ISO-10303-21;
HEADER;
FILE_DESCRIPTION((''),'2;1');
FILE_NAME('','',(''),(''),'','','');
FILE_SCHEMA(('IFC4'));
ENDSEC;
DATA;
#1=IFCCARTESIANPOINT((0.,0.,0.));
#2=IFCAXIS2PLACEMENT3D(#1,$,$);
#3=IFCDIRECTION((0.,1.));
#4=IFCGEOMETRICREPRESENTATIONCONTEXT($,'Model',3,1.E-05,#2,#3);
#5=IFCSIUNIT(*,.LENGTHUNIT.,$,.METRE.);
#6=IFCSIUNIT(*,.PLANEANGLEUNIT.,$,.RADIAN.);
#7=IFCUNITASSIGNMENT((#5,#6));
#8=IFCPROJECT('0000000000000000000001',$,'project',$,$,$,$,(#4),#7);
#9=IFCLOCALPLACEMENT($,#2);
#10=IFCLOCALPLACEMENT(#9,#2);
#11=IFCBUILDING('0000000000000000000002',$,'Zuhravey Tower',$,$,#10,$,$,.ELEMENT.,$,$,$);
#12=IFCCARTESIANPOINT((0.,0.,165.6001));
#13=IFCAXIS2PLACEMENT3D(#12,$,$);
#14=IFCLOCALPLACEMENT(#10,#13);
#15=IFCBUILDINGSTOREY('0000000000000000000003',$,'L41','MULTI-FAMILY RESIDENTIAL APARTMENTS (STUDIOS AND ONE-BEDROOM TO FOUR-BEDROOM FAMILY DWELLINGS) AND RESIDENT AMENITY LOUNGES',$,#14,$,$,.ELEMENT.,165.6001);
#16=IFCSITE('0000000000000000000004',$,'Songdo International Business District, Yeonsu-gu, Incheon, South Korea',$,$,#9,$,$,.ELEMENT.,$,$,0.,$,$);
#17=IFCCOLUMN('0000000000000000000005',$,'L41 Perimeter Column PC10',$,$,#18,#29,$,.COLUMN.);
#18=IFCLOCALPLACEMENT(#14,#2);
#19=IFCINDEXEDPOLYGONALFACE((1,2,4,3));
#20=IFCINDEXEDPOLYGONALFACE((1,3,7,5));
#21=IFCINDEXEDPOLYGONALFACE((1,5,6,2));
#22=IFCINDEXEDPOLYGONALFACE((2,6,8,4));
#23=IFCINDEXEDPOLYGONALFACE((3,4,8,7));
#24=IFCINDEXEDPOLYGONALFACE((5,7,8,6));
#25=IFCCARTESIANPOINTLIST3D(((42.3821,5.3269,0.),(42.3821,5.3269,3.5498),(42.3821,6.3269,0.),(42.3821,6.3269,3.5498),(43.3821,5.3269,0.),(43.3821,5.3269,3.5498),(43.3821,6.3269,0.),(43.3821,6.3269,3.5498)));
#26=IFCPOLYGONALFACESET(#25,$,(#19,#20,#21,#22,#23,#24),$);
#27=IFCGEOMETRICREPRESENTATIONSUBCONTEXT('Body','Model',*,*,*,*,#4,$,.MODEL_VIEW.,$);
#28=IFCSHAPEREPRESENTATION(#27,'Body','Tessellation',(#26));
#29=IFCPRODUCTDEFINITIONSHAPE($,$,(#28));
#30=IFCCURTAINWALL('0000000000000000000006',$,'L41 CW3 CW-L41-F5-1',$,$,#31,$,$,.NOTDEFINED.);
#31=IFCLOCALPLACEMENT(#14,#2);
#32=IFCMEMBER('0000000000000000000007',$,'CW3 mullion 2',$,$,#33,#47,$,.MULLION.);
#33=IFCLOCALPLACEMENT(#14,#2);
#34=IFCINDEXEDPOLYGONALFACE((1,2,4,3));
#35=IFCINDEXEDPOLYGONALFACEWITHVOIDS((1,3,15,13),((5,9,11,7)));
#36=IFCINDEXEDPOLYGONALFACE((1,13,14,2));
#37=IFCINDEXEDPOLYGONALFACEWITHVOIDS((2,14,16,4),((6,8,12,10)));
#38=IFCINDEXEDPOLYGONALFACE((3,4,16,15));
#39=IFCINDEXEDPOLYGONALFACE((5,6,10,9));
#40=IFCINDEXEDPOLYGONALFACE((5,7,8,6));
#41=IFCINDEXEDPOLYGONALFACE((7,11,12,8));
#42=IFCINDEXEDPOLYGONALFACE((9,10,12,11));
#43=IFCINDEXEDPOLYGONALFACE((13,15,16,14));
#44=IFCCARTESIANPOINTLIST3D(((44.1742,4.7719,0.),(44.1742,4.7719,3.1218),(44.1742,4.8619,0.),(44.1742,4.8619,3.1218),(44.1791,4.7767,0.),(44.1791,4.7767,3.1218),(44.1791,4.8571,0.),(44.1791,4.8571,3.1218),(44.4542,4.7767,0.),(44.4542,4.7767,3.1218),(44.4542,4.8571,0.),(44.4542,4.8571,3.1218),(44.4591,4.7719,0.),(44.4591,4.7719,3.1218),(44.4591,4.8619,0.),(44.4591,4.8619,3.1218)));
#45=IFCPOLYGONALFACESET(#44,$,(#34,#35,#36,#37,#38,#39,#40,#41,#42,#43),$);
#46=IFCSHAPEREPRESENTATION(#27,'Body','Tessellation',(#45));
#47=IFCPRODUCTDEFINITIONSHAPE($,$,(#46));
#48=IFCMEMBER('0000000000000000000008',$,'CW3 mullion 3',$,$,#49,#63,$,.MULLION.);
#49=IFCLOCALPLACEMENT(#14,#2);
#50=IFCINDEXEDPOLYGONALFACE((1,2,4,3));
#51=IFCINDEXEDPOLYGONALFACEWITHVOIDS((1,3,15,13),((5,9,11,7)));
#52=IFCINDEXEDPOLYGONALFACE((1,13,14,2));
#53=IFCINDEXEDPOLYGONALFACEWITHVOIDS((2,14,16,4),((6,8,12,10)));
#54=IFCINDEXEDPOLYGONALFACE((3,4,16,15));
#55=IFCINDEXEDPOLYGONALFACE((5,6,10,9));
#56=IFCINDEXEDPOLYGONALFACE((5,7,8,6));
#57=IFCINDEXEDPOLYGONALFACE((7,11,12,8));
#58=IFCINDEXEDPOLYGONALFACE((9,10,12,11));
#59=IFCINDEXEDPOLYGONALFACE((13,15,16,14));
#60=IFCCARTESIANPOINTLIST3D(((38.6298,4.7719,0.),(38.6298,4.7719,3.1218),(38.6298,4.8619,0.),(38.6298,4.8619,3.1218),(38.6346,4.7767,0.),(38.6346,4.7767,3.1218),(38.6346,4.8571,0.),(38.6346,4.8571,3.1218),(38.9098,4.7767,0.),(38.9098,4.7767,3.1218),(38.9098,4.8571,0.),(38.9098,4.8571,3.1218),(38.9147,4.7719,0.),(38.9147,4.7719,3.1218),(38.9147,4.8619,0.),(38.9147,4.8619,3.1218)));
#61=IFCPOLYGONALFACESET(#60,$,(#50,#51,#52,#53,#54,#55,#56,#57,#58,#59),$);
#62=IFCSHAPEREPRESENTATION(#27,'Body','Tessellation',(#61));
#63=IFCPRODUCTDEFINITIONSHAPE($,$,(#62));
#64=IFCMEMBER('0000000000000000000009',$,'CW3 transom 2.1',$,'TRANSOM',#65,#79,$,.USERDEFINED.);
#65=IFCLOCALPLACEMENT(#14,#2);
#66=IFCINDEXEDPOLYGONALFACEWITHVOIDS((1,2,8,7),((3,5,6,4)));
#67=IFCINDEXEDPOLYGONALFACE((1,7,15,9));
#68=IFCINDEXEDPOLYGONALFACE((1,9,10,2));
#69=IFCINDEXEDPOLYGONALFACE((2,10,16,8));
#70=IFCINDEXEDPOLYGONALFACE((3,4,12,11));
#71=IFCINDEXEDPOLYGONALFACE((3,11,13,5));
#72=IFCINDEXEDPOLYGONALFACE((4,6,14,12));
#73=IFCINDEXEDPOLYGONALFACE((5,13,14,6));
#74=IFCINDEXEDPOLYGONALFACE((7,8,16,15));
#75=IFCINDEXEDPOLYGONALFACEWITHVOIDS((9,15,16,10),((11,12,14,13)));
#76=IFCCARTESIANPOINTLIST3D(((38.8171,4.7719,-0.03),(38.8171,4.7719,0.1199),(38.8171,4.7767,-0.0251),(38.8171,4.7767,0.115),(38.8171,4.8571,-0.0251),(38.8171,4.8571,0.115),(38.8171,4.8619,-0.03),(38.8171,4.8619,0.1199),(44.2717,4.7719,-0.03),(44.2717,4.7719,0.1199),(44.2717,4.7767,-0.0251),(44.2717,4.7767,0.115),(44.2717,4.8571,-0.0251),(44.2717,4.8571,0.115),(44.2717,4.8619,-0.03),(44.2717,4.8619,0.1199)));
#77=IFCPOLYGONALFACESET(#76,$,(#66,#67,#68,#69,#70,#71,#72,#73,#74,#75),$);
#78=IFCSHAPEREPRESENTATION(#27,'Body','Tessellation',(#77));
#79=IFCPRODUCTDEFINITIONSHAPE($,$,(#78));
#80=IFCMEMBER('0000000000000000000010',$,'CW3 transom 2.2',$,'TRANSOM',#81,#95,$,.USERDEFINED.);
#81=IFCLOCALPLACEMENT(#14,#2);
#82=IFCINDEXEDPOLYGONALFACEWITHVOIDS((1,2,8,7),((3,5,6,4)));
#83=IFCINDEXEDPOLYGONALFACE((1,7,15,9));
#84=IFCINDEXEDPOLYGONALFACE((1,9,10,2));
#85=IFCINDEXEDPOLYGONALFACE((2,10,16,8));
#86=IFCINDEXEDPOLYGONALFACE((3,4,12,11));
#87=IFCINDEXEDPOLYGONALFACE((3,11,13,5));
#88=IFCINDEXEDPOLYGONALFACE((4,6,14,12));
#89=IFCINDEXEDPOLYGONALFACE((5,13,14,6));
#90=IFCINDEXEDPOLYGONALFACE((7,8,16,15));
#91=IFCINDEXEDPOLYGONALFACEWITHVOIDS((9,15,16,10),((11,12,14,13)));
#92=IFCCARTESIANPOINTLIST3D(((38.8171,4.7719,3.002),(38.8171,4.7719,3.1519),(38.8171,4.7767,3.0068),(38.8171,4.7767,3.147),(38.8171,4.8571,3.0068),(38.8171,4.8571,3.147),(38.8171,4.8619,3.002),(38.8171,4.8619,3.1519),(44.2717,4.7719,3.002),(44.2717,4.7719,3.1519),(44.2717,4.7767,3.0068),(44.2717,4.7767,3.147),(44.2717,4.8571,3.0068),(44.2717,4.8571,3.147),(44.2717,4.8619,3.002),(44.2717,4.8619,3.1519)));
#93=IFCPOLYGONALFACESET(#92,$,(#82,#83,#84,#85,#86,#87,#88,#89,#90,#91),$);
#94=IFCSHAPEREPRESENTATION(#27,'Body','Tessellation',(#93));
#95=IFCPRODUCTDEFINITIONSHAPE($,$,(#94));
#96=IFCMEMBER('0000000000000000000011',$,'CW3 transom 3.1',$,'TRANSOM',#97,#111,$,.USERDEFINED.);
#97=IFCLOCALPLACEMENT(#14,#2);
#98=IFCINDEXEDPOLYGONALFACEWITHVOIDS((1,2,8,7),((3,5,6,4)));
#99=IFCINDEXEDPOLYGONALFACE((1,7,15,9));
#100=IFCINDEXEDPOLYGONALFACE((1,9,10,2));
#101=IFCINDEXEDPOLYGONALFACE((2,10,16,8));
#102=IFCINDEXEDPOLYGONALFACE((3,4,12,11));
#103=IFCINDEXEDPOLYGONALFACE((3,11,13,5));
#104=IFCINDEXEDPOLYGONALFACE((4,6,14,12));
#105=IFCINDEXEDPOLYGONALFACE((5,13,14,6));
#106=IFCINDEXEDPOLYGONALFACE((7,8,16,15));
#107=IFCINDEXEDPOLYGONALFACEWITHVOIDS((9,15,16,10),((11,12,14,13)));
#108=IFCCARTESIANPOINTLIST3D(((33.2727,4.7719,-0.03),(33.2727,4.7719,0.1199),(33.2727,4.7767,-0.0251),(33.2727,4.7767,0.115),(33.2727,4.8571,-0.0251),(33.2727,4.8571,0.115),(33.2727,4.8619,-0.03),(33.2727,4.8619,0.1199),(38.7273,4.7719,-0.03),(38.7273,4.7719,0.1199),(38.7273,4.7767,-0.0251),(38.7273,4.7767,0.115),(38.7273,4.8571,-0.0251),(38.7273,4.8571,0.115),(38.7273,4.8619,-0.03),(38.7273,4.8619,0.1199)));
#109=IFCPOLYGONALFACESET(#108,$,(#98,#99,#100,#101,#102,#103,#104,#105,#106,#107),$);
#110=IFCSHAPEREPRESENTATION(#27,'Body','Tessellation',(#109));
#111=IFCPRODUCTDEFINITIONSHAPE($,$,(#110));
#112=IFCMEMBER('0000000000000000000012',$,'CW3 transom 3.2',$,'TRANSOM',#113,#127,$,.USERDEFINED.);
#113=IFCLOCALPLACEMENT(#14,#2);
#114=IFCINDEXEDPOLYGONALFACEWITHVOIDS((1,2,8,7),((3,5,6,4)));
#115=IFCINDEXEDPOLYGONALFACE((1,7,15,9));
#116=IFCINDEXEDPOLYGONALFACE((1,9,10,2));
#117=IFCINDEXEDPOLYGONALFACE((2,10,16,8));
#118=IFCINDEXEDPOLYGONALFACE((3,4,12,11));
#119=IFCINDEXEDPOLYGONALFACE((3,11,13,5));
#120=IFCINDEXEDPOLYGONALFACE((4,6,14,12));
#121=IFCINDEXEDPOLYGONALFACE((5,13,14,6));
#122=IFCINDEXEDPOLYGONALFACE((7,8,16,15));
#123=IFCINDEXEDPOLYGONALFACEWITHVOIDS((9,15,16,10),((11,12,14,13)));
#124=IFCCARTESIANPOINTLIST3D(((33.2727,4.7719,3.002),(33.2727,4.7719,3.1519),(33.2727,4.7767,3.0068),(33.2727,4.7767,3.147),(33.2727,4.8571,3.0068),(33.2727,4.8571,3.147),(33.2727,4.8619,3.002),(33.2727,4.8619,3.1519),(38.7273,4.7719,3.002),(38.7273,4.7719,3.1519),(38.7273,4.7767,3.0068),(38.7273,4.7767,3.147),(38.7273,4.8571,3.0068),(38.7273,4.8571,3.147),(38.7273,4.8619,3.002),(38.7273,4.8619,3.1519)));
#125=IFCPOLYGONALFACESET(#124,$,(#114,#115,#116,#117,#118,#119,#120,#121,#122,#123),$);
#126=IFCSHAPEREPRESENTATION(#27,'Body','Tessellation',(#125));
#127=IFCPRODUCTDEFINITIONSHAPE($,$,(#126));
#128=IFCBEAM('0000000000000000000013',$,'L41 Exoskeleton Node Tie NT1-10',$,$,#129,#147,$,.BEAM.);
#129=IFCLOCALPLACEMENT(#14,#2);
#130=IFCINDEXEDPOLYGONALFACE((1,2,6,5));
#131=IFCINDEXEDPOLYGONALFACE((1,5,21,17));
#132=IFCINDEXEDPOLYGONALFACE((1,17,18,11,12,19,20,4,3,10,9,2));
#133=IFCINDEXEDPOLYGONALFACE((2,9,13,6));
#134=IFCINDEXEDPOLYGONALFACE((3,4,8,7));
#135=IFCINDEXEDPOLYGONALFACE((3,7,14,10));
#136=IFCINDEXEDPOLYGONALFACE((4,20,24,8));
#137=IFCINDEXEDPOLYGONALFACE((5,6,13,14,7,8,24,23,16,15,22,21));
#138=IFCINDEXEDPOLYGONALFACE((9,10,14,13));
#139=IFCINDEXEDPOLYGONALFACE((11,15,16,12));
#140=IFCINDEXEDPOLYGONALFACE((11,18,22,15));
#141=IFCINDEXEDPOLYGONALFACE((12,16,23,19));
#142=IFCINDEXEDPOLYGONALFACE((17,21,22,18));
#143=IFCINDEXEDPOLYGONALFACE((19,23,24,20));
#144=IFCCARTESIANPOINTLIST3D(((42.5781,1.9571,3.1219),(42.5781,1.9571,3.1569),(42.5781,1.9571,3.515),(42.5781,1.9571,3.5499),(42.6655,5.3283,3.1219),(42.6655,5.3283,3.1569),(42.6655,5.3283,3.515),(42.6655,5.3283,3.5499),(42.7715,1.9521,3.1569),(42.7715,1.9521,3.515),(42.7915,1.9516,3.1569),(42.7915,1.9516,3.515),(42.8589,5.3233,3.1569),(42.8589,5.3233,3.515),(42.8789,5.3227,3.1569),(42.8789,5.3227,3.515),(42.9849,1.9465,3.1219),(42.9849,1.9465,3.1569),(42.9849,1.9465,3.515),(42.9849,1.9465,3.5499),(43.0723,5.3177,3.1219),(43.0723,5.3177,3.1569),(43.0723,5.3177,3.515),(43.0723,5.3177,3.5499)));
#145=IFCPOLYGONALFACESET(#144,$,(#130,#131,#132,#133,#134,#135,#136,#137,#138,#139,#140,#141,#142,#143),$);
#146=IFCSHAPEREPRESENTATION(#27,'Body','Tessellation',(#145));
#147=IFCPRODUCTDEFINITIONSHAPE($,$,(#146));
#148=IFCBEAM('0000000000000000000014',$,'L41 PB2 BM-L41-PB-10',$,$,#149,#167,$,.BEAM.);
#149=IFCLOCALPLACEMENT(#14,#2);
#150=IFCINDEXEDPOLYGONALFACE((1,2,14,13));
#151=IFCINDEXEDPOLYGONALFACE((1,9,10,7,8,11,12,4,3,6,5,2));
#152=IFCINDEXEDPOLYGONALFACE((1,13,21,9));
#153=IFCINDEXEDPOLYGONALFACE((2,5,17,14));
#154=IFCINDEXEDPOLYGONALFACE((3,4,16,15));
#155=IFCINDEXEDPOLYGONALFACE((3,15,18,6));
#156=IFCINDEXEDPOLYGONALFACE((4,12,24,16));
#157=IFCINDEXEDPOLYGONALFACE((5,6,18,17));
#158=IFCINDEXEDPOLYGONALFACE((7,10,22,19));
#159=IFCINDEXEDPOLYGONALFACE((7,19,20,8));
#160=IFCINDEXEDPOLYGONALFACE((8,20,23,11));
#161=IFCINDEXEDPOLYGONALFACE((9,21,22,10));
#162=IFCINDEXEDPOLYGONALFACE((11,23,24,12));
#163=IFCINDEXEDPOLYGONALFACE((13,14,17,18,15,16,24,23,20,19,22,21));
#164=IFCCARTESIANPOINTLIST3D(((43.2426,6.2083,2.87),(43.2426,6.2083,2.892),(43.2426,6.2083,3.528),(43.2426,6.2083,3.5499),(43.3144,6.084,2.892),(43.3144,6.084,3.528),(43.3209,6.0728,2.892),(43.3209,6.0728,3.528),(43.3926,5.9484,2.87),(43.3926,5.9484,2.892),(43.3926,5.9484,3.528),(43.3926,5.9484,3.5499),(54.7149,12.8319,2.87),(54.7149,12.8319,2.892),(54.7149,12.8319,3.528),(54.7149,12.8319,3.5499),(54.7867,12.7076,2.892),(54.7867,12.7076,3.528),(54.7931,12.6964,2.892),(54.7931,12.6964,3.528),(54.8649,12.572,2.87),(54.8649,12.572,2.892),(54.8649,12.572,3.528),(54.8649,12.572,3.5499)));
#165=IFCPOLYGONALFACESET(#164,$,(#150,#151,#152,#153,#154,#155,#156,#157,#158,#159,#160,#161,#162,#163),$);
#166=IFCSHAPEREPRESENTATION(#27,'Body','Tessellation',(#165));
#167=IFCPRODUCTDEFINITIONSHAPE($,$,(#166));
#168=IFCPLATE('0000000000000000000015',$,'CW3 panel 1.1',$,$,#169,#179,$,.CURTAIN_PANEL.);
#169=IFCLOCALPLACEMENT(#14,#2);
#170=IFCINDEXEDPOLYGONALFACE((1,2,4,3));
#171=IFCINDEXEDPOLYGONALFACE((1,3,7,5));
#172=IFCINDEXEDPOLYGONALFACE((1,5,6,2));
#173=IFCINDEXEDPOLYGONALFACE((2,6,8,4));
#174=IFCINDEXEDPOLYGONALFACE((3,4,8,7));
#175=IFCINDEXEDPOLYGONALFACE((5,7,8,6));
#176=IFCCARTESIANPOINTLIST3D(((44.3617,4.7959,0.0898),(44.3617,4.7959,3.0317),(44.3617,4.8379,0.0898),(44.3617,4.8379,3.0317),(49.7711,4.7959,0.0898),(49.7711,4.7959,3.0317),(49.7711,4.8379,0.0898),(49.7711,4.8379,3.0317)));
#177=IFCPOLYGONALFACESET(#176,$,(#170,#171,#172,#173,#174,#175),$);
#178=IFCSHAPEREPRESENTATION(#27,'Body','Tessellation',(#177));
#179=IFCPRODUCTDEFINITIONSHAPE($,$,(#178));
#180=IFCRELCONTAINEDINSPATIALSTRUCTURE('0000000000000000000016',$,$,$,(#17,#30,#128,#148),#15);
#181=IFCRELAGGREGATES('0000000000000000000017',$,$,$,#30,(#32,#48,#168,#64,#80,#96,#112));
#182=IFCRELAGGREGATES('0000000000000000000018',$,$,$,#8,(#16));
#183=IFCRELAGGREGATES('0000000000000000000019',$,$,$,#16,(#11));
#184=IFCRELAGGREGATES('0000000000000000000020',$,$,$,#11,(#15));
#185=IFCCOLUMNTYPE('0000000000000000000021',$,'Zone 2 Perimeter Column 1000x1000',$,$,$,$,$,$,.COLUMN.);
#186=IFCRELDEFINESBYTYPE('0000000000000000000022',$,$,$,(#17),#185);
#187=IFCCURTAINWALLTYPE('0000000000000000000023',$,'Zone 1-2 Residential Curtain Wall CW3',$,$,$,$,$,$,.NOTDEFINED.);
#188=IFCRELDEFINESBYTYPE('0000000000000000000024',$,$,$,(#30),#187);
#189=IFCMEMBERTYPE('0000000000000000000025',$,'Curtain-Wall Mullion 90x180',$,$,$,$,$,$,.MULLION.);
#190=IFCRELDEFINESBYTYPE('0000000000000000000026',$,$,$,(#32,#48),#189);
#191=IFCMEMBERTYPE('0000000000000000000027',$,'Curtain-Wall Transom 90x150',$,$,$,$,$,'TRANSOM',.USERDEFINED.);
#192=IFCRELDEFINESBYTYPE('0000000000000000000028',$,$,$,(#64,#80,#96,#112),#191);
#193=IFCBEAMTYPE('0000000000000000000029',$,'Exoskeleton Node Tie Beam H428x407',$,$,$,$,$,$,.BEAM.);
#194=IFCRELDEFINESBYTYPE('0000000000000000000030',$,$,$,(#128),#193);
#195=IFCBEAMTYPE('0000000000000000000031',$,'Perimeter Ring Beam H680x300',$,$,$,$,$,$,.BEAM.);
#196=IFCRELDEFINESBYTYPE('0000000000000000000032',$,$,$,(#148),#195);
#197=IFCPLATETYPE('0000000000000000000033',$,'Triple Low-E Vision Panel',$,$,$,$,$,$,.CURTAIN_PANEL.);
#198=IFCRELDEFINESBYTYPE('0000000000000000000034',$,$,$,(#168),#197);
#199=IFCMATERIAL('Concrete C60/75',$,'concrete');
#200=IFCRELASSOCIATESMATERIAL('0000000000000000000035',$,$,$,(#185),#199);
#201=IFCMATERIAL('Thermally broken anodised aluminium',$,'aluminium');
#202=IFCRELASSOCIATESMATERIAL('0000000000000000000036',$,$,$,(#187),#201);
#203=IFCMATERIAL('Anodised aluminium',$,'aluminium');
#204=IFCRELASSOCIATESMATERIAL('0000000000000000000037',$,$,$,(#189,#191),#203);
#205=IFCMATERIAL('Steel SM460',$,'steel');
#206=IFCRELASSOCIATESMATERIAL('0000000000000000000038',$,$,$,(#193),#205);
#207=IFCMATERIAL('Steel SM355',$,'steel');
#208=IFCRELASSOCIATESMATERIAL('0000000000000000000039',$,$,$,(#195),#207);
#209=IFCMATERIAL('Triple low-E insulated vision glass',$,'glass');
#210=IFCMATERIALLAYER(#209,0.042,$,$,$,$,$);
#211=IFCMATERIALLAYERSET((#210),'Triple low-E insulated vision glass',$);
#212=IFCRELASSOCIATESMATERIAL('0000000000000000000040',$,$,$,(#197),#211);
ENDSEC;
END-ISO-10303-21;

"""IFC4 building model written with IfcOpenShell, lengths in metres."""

from ifc_helpers import new_model, si_unit, direction, frame, origin, origin_2d, place, context, subcontext, project, spatial, rectangle, hollow_rectangle, i_section, extrude, material, layer, layer_set, material_profile, profile_set, type_object, element, aggregate, save


model = new_model("IFC4")

# Units and contexts
model_context = context("Model", 3, precision=1e-05, world=origin(), true_north=direction((0.0, 1.0)))
body_context = subcontext(model_context, "Body", "Model", "MODEL_VIEW")
ifc_project = project(units=[si_unit("LENGTHUNIT", "METRE"), si_unit("PLANEANGLEUNIT", "RADIAN")], contexts=[model_context])

# Site, building, storey
site_placement = place(None, origin())
site = spatial("IfcSite", under=ifc_project, at=site_placement, Name="Songdo International Business District, Yeonsu-gu, Incheon, South Korea", CompositionType="ELEMENT", RefElevation=0.0)
building_placement = place(site_placement, origin())
building = spatial("IfcBuilding", under=site, at=building_placement, Name="Zuhravey Tower", CompositionType="ELEMENT")
storey_placement = place(building_placement, frame((0.0, 0.0, 165.6001)))
storey = spatial("IfcBuildingStorey", under=building, at=storey_placement, Name="L41", Description="MULTI-FAMILY RESIDENTIAL APARTMENTS (STUDIOS AND ONE-BEDROOM TO FOUR-BEDROOM FAMILY DWELLINGS) AND RESIDENT AMENITY LOUNGES", CompositionType="ELEMENT", Elevation=165.6001)

# Column
ifc_material_1 = material(Name="Concrete C60/75", Category="concrete")
ifc_material_profile_1 = material_profile(ifc_material_1, rectangle(XDim=1.0, YDim=1.0, at=origin_2d()), Name="RC-1000x1000")
ifc_profile_set_1 = profile_set([ifc_material_profile_1], Name="Concrete C60/75")
column_type = type_object("IfcColumnType", Name="Zone 2 Perimeter Column 1000x1000", PredefinedType="COLUMN", material=ifc_profile_set_1)
column_placement = place(storey_placement, frame((42.8821, 5.8269, 0.0), z_axis=(0.0, 0.0, 1.0), x_axis=(1.0, 0.0, 0.0)))
element("IfcColumn", 1, at=column_placement, inside=storey, type_object=column_type, Name="L41 Perimeter Column PC10", PredefinedType="COLUMN", context=body_context, shape_type="SweptSolid", body=[
    extrude(rectangle(XDim=1.0, YDim=1.0, at=origin_2d()), origin(), (0.0, 0.0, 1.0), 3.5498),
])

# Curtain wall, members
ifc_material_2 = material(Name="Thermally broken anodised aluminium", Category="aluminium")
curtain_wall_type = type_object("IfcCurtainWallType", Name="Zone 1-2 Residential Curtain Wall CW3", PredefinedType="NOTDEFINED", material=ifc_material_2)
curtain_wall_placement = place(storey_placement, origin())
curtain_wall = element("IfcCurtainWall", 2, at=curtain_wall_placement, inside=storey, type_object=curtain_wall_type, Name="L41 CW3 CW-L41-F5-1", PredefinedType="NOTDEFINED")
ifc_material_3 = material(Name="Anodised aluminium", Category="aluminium")
ifc_material_profile_2 = material_profile(ifc_material_3, hollow_rectangle(XDim=0.0901, YDim=0.2849, WallThickness=0.0049, at=origin_2d()), Name="ALU-RHS-90x285x5")
ifc_profile_set_2 = profile_set([ifc_material_profile_2], Name="Anodised aluminium")
member_type_1 = type_object("IfcMemberType", Name="Curtain-Wall Mullion 90x180", PredefinedType="MULLION", material=ifc_profile_set_2)
member_1_placement = place(storey_placement, frame((44.3167, 4.8169, 0.0), z_axis=(0.0, 0.0, 1.0), x_axis=(0.0, -1.0, 0.0)))
member_1 = element("IfcMember", 3, at=member_1_placement, type_object=member_type_1, Name="CW3 mullion 2", PredefinedType="MULLION", context=body_context, shape_type="SweptSolid", body=[
    extrude(hollow_rectangle(XDim=0.0901, YDim=0.2849, WallThickness=0.0049, at=origin_2d()), origin(), (0.0, 0.0, 1.0), 3.1218),
])
member_2_placement = place(storey_placement, frame((38.7722, 4.8169, 0.0), z_axis=(0.0, 0.0, 1.0), x_axis=(0.0, -1.0, 0.0)))
member_2 = element("IfcMember", 4, at=member_2_placement, type_object=member_type_1, Name="CW3 mullion 3", PredefinedType="MULLION", context=body_context, shape_type="SweptSolid", body=[
    extrude(hollow_rectangle(XDim=0.0901, YDim=0.2849, WallThickness=0.0049, at=origin_2d()), origin(), (0.0, 0.0, 1.0), 3.1218),
])
ifc_material_profile_3 = material_profile(ifc_material_3, hollow_rectangle(XDim=0.0901, YDim=0.1499, WallThickness=0.0049, at=origin_2d()), Name="ALU-RHS-90x150x5")
ifc_profile_set_3 = profile_set([ifc_material_profile_3], Name="Anodised aluminium")
member_type_2 = type_object("IfcMemberType", Name="Curtain-Wall Transom 90x150", ElementType="TRANSOM", PredefinedType="USERDEFINED", material=ifc_profile_set_3)
member_3_placement = place(storey_placement, frame((44.2717, 4.8169, 0.0449), z_axis=(-1.0, 0.0, 0.0), x_axis=(0.0, -1.0, 0.0)))
member_3 = element("IfcMember", 5, at=member_3_placement, type_object=member_type_2, Name="CW3 transom 2.1", ObjectType="TRANSOM", PredefinedType="USERDEFINED", context=body_context, shape_type="SweptSolid", body=[
    extrude(hollow_rectangle(XDim=0.0901, YDim=0.1499, WallThickness=0.0049, at=origin_2d()), origin(), (0.0, 0.0, 1.0), 5.4546),
])
member_4_placement = place(storey_placement, frame((44.2717, 4.8169, 3.0769), z_axis=(-1.0, 0.0, 0.0), x_axis=(0.0, -1.0, 0.0)))
member_4 = element("IfcMember", 6, at=member_4_placement, type_object=member_type_2, Name="CW3 transom 2.2", ObjectType="TRANSOM", PredefinedType="USERDEFINED", context=body_context, shape_type="SweptSolid", body=[
    extrude(hollow_rectangle(XDim=0.0901, YDim=0.1499, WallThickness=0.0049, at=origin_2d()), origin(), (0.0, 0.0, 1.0), 5.4546),
])
member_5_placement = place(storey_placement, frame((38.7273, 4.8169, 0.0449), z_axis=(-1.0, 0.0, 0.0), x_axis=(0.0, -1.0, 0.0)))
member_5 = element("IfcMember", 7, at=member_5_placement, type_object=member_type_2, Name="CW3 transom 3.1", ObjectType="TRANSOM", PredefinedType="USERDEFINED", context=body_context, shape_type="SweptSolid", body=[
    extrude(hollow_rectangle(XDim=0.0901, YDim=0.1499, WallThickness=0.0049, at=origin_2d()), origin(), (0.0, 0.0, 1.0), 5.4546),
])
member_6_placement = place(storey_placement, frame((38.7273, 4.8169, 3.0769), z_axis=(-1.0, 0.0, 0.0), x_axis=(0.0, -1.0, 0.0)))
member_6 = element("IfcMember", 8, at=member_6_placement, type_object=member_type_2, Name="CW3 transom 3.2", ObjectType="TRANSOM", PredefinedType="USERDEFINED", context=body_context, shape_type="SweptSolid", body=[
    extrude(hollow_rectangle(XDim=0.0901, YDim=0.1499, WallThickness=0.0049, at=origin_2d()), origin(), (0.0, 0.0, 1.0), 5.4546),
])

# Beams
ifc_material_4 = material(Name="Steel SM460", Category="steel")
ifc_material_profile_4 = material_profile(ifc_material_4, i_section(OverallWidth=0.407, OverallDepth=0.428, WebThickness=0.02, FlangeThickness=0.0349, at=origin_2d()), Name="H-428x407x20x35")
ifc_profile_set_4 = profile_set([ifc_material_profile_4], Name="Steel SM460")
beam_type_1 = type_object("IfcBeamType", Name="Exoskeleton Node Tie Beam H428x407", PredefinedType="BEAM", material=ifc_profile_set_4)
beam_1_placement = place(storey_placement, frame((42.8689, 5.323, 3.3359), z_axis=(-0.025918, -0.999664, 0.0), x_axis=(0.999664, -0.025918, 0.0)))
element("IfcBeam", 9, at=beam_1_placement, inside=storey, type_object=beam_type_1, Name="L41 Exoskeleton Node Tie NT1-10", PredefinedType="BEAM", context=body_context, shape_type="SweptSolid", body=[
    extrude(i_section(OverallWidth=0.407, OverallDepth=0.428, WebThickness=0.02, FlangeThickness=0.0349, at=origin_2d()), origin(), (0.0, 0.0, 1.0), 3.3723),
])
ifc_material_5 = material(Name="Steel SM355", Category="steel")
ifc_material_profile_5 = material_profile(ifc_material_5, i_section(OverallWidth=0.3, OverallDepth=0.6799, WebThickness=0.0129, FlangeThickness=0.022, at=origin_2d()), Name="H-680x300x13x22")
ifc_profile_set_5 = profile_set([ifc_material_profile_5], Name="Steel SM355")
beam_type_2 = type_object("IfcBeamType", Name="Perimeter Ring Beam H680x300", PredefinedType="BEAM", material=ifc_profile_set_5)
beam_2_placement = place(storey_placement, frame((43.3176, 6.0784, 3.21), z_axis=(0.866023, 0.500004, 0.0), x_axis=(-0.500004, 0.866023, 0.0)))
element("IfcBeam", 10, at=beam_2_placement, inside=storey, type_object=beam_type_2, Name="L41 PB2 BM-L41-PB-10", PredefinedType="BEAM", context=body_context, shape_type="SweptSolid", body=[
    extrude(i_section(OverallWidth=0.3, OverallDepth=0.6799, WebThickness=0.0129, FlangeThickness=0.022, at=origin_2d()), origin(), (0.0, 0.0, 1.0), 13.2471),
])

# Plate
ifc_material_6 = material(Name="Triple low-E insulated vision glass", Category="glass")
ifc_layer_1 = layer(ifc_material_6, 0.042)
ifc_layer_set_1 = layer_set([ifc_layer_1], Name="Triple low-E insulated vision glass")
plate_type = type_object("IfcPlateType", Name="Triple Low-E Vision Panel", PredefinedType="CURTAIN_PANEL", material=ifc_layer_set_1)
plate_1_placement = place(storey_placement, frame((47.0664, 4.8169, 0.0898), z_axis=(0.0, 0.0, 1.0), x_axis=(-1.0, 0.0, 0.0)))
plate_1 = element("IfcPlate", 11, at=plate_1_placement, type_object=plate_type, Name="CW3 panel 1.1", PredefinedType="CURTAIN_PANEL", context=body_context, shape_type="SweptSolid", body=[
    extrude(rectangle(XDim=5.4094, YDim=0.042, at=origin_2d()), origin(), (0.0, 0.0, 1.0), 2.9419),
])
aggregate(curtain_wall, [member_1, member_2, plate_1, member_3, member_4, member_5, member_6])

save(model, "model.ifc")
